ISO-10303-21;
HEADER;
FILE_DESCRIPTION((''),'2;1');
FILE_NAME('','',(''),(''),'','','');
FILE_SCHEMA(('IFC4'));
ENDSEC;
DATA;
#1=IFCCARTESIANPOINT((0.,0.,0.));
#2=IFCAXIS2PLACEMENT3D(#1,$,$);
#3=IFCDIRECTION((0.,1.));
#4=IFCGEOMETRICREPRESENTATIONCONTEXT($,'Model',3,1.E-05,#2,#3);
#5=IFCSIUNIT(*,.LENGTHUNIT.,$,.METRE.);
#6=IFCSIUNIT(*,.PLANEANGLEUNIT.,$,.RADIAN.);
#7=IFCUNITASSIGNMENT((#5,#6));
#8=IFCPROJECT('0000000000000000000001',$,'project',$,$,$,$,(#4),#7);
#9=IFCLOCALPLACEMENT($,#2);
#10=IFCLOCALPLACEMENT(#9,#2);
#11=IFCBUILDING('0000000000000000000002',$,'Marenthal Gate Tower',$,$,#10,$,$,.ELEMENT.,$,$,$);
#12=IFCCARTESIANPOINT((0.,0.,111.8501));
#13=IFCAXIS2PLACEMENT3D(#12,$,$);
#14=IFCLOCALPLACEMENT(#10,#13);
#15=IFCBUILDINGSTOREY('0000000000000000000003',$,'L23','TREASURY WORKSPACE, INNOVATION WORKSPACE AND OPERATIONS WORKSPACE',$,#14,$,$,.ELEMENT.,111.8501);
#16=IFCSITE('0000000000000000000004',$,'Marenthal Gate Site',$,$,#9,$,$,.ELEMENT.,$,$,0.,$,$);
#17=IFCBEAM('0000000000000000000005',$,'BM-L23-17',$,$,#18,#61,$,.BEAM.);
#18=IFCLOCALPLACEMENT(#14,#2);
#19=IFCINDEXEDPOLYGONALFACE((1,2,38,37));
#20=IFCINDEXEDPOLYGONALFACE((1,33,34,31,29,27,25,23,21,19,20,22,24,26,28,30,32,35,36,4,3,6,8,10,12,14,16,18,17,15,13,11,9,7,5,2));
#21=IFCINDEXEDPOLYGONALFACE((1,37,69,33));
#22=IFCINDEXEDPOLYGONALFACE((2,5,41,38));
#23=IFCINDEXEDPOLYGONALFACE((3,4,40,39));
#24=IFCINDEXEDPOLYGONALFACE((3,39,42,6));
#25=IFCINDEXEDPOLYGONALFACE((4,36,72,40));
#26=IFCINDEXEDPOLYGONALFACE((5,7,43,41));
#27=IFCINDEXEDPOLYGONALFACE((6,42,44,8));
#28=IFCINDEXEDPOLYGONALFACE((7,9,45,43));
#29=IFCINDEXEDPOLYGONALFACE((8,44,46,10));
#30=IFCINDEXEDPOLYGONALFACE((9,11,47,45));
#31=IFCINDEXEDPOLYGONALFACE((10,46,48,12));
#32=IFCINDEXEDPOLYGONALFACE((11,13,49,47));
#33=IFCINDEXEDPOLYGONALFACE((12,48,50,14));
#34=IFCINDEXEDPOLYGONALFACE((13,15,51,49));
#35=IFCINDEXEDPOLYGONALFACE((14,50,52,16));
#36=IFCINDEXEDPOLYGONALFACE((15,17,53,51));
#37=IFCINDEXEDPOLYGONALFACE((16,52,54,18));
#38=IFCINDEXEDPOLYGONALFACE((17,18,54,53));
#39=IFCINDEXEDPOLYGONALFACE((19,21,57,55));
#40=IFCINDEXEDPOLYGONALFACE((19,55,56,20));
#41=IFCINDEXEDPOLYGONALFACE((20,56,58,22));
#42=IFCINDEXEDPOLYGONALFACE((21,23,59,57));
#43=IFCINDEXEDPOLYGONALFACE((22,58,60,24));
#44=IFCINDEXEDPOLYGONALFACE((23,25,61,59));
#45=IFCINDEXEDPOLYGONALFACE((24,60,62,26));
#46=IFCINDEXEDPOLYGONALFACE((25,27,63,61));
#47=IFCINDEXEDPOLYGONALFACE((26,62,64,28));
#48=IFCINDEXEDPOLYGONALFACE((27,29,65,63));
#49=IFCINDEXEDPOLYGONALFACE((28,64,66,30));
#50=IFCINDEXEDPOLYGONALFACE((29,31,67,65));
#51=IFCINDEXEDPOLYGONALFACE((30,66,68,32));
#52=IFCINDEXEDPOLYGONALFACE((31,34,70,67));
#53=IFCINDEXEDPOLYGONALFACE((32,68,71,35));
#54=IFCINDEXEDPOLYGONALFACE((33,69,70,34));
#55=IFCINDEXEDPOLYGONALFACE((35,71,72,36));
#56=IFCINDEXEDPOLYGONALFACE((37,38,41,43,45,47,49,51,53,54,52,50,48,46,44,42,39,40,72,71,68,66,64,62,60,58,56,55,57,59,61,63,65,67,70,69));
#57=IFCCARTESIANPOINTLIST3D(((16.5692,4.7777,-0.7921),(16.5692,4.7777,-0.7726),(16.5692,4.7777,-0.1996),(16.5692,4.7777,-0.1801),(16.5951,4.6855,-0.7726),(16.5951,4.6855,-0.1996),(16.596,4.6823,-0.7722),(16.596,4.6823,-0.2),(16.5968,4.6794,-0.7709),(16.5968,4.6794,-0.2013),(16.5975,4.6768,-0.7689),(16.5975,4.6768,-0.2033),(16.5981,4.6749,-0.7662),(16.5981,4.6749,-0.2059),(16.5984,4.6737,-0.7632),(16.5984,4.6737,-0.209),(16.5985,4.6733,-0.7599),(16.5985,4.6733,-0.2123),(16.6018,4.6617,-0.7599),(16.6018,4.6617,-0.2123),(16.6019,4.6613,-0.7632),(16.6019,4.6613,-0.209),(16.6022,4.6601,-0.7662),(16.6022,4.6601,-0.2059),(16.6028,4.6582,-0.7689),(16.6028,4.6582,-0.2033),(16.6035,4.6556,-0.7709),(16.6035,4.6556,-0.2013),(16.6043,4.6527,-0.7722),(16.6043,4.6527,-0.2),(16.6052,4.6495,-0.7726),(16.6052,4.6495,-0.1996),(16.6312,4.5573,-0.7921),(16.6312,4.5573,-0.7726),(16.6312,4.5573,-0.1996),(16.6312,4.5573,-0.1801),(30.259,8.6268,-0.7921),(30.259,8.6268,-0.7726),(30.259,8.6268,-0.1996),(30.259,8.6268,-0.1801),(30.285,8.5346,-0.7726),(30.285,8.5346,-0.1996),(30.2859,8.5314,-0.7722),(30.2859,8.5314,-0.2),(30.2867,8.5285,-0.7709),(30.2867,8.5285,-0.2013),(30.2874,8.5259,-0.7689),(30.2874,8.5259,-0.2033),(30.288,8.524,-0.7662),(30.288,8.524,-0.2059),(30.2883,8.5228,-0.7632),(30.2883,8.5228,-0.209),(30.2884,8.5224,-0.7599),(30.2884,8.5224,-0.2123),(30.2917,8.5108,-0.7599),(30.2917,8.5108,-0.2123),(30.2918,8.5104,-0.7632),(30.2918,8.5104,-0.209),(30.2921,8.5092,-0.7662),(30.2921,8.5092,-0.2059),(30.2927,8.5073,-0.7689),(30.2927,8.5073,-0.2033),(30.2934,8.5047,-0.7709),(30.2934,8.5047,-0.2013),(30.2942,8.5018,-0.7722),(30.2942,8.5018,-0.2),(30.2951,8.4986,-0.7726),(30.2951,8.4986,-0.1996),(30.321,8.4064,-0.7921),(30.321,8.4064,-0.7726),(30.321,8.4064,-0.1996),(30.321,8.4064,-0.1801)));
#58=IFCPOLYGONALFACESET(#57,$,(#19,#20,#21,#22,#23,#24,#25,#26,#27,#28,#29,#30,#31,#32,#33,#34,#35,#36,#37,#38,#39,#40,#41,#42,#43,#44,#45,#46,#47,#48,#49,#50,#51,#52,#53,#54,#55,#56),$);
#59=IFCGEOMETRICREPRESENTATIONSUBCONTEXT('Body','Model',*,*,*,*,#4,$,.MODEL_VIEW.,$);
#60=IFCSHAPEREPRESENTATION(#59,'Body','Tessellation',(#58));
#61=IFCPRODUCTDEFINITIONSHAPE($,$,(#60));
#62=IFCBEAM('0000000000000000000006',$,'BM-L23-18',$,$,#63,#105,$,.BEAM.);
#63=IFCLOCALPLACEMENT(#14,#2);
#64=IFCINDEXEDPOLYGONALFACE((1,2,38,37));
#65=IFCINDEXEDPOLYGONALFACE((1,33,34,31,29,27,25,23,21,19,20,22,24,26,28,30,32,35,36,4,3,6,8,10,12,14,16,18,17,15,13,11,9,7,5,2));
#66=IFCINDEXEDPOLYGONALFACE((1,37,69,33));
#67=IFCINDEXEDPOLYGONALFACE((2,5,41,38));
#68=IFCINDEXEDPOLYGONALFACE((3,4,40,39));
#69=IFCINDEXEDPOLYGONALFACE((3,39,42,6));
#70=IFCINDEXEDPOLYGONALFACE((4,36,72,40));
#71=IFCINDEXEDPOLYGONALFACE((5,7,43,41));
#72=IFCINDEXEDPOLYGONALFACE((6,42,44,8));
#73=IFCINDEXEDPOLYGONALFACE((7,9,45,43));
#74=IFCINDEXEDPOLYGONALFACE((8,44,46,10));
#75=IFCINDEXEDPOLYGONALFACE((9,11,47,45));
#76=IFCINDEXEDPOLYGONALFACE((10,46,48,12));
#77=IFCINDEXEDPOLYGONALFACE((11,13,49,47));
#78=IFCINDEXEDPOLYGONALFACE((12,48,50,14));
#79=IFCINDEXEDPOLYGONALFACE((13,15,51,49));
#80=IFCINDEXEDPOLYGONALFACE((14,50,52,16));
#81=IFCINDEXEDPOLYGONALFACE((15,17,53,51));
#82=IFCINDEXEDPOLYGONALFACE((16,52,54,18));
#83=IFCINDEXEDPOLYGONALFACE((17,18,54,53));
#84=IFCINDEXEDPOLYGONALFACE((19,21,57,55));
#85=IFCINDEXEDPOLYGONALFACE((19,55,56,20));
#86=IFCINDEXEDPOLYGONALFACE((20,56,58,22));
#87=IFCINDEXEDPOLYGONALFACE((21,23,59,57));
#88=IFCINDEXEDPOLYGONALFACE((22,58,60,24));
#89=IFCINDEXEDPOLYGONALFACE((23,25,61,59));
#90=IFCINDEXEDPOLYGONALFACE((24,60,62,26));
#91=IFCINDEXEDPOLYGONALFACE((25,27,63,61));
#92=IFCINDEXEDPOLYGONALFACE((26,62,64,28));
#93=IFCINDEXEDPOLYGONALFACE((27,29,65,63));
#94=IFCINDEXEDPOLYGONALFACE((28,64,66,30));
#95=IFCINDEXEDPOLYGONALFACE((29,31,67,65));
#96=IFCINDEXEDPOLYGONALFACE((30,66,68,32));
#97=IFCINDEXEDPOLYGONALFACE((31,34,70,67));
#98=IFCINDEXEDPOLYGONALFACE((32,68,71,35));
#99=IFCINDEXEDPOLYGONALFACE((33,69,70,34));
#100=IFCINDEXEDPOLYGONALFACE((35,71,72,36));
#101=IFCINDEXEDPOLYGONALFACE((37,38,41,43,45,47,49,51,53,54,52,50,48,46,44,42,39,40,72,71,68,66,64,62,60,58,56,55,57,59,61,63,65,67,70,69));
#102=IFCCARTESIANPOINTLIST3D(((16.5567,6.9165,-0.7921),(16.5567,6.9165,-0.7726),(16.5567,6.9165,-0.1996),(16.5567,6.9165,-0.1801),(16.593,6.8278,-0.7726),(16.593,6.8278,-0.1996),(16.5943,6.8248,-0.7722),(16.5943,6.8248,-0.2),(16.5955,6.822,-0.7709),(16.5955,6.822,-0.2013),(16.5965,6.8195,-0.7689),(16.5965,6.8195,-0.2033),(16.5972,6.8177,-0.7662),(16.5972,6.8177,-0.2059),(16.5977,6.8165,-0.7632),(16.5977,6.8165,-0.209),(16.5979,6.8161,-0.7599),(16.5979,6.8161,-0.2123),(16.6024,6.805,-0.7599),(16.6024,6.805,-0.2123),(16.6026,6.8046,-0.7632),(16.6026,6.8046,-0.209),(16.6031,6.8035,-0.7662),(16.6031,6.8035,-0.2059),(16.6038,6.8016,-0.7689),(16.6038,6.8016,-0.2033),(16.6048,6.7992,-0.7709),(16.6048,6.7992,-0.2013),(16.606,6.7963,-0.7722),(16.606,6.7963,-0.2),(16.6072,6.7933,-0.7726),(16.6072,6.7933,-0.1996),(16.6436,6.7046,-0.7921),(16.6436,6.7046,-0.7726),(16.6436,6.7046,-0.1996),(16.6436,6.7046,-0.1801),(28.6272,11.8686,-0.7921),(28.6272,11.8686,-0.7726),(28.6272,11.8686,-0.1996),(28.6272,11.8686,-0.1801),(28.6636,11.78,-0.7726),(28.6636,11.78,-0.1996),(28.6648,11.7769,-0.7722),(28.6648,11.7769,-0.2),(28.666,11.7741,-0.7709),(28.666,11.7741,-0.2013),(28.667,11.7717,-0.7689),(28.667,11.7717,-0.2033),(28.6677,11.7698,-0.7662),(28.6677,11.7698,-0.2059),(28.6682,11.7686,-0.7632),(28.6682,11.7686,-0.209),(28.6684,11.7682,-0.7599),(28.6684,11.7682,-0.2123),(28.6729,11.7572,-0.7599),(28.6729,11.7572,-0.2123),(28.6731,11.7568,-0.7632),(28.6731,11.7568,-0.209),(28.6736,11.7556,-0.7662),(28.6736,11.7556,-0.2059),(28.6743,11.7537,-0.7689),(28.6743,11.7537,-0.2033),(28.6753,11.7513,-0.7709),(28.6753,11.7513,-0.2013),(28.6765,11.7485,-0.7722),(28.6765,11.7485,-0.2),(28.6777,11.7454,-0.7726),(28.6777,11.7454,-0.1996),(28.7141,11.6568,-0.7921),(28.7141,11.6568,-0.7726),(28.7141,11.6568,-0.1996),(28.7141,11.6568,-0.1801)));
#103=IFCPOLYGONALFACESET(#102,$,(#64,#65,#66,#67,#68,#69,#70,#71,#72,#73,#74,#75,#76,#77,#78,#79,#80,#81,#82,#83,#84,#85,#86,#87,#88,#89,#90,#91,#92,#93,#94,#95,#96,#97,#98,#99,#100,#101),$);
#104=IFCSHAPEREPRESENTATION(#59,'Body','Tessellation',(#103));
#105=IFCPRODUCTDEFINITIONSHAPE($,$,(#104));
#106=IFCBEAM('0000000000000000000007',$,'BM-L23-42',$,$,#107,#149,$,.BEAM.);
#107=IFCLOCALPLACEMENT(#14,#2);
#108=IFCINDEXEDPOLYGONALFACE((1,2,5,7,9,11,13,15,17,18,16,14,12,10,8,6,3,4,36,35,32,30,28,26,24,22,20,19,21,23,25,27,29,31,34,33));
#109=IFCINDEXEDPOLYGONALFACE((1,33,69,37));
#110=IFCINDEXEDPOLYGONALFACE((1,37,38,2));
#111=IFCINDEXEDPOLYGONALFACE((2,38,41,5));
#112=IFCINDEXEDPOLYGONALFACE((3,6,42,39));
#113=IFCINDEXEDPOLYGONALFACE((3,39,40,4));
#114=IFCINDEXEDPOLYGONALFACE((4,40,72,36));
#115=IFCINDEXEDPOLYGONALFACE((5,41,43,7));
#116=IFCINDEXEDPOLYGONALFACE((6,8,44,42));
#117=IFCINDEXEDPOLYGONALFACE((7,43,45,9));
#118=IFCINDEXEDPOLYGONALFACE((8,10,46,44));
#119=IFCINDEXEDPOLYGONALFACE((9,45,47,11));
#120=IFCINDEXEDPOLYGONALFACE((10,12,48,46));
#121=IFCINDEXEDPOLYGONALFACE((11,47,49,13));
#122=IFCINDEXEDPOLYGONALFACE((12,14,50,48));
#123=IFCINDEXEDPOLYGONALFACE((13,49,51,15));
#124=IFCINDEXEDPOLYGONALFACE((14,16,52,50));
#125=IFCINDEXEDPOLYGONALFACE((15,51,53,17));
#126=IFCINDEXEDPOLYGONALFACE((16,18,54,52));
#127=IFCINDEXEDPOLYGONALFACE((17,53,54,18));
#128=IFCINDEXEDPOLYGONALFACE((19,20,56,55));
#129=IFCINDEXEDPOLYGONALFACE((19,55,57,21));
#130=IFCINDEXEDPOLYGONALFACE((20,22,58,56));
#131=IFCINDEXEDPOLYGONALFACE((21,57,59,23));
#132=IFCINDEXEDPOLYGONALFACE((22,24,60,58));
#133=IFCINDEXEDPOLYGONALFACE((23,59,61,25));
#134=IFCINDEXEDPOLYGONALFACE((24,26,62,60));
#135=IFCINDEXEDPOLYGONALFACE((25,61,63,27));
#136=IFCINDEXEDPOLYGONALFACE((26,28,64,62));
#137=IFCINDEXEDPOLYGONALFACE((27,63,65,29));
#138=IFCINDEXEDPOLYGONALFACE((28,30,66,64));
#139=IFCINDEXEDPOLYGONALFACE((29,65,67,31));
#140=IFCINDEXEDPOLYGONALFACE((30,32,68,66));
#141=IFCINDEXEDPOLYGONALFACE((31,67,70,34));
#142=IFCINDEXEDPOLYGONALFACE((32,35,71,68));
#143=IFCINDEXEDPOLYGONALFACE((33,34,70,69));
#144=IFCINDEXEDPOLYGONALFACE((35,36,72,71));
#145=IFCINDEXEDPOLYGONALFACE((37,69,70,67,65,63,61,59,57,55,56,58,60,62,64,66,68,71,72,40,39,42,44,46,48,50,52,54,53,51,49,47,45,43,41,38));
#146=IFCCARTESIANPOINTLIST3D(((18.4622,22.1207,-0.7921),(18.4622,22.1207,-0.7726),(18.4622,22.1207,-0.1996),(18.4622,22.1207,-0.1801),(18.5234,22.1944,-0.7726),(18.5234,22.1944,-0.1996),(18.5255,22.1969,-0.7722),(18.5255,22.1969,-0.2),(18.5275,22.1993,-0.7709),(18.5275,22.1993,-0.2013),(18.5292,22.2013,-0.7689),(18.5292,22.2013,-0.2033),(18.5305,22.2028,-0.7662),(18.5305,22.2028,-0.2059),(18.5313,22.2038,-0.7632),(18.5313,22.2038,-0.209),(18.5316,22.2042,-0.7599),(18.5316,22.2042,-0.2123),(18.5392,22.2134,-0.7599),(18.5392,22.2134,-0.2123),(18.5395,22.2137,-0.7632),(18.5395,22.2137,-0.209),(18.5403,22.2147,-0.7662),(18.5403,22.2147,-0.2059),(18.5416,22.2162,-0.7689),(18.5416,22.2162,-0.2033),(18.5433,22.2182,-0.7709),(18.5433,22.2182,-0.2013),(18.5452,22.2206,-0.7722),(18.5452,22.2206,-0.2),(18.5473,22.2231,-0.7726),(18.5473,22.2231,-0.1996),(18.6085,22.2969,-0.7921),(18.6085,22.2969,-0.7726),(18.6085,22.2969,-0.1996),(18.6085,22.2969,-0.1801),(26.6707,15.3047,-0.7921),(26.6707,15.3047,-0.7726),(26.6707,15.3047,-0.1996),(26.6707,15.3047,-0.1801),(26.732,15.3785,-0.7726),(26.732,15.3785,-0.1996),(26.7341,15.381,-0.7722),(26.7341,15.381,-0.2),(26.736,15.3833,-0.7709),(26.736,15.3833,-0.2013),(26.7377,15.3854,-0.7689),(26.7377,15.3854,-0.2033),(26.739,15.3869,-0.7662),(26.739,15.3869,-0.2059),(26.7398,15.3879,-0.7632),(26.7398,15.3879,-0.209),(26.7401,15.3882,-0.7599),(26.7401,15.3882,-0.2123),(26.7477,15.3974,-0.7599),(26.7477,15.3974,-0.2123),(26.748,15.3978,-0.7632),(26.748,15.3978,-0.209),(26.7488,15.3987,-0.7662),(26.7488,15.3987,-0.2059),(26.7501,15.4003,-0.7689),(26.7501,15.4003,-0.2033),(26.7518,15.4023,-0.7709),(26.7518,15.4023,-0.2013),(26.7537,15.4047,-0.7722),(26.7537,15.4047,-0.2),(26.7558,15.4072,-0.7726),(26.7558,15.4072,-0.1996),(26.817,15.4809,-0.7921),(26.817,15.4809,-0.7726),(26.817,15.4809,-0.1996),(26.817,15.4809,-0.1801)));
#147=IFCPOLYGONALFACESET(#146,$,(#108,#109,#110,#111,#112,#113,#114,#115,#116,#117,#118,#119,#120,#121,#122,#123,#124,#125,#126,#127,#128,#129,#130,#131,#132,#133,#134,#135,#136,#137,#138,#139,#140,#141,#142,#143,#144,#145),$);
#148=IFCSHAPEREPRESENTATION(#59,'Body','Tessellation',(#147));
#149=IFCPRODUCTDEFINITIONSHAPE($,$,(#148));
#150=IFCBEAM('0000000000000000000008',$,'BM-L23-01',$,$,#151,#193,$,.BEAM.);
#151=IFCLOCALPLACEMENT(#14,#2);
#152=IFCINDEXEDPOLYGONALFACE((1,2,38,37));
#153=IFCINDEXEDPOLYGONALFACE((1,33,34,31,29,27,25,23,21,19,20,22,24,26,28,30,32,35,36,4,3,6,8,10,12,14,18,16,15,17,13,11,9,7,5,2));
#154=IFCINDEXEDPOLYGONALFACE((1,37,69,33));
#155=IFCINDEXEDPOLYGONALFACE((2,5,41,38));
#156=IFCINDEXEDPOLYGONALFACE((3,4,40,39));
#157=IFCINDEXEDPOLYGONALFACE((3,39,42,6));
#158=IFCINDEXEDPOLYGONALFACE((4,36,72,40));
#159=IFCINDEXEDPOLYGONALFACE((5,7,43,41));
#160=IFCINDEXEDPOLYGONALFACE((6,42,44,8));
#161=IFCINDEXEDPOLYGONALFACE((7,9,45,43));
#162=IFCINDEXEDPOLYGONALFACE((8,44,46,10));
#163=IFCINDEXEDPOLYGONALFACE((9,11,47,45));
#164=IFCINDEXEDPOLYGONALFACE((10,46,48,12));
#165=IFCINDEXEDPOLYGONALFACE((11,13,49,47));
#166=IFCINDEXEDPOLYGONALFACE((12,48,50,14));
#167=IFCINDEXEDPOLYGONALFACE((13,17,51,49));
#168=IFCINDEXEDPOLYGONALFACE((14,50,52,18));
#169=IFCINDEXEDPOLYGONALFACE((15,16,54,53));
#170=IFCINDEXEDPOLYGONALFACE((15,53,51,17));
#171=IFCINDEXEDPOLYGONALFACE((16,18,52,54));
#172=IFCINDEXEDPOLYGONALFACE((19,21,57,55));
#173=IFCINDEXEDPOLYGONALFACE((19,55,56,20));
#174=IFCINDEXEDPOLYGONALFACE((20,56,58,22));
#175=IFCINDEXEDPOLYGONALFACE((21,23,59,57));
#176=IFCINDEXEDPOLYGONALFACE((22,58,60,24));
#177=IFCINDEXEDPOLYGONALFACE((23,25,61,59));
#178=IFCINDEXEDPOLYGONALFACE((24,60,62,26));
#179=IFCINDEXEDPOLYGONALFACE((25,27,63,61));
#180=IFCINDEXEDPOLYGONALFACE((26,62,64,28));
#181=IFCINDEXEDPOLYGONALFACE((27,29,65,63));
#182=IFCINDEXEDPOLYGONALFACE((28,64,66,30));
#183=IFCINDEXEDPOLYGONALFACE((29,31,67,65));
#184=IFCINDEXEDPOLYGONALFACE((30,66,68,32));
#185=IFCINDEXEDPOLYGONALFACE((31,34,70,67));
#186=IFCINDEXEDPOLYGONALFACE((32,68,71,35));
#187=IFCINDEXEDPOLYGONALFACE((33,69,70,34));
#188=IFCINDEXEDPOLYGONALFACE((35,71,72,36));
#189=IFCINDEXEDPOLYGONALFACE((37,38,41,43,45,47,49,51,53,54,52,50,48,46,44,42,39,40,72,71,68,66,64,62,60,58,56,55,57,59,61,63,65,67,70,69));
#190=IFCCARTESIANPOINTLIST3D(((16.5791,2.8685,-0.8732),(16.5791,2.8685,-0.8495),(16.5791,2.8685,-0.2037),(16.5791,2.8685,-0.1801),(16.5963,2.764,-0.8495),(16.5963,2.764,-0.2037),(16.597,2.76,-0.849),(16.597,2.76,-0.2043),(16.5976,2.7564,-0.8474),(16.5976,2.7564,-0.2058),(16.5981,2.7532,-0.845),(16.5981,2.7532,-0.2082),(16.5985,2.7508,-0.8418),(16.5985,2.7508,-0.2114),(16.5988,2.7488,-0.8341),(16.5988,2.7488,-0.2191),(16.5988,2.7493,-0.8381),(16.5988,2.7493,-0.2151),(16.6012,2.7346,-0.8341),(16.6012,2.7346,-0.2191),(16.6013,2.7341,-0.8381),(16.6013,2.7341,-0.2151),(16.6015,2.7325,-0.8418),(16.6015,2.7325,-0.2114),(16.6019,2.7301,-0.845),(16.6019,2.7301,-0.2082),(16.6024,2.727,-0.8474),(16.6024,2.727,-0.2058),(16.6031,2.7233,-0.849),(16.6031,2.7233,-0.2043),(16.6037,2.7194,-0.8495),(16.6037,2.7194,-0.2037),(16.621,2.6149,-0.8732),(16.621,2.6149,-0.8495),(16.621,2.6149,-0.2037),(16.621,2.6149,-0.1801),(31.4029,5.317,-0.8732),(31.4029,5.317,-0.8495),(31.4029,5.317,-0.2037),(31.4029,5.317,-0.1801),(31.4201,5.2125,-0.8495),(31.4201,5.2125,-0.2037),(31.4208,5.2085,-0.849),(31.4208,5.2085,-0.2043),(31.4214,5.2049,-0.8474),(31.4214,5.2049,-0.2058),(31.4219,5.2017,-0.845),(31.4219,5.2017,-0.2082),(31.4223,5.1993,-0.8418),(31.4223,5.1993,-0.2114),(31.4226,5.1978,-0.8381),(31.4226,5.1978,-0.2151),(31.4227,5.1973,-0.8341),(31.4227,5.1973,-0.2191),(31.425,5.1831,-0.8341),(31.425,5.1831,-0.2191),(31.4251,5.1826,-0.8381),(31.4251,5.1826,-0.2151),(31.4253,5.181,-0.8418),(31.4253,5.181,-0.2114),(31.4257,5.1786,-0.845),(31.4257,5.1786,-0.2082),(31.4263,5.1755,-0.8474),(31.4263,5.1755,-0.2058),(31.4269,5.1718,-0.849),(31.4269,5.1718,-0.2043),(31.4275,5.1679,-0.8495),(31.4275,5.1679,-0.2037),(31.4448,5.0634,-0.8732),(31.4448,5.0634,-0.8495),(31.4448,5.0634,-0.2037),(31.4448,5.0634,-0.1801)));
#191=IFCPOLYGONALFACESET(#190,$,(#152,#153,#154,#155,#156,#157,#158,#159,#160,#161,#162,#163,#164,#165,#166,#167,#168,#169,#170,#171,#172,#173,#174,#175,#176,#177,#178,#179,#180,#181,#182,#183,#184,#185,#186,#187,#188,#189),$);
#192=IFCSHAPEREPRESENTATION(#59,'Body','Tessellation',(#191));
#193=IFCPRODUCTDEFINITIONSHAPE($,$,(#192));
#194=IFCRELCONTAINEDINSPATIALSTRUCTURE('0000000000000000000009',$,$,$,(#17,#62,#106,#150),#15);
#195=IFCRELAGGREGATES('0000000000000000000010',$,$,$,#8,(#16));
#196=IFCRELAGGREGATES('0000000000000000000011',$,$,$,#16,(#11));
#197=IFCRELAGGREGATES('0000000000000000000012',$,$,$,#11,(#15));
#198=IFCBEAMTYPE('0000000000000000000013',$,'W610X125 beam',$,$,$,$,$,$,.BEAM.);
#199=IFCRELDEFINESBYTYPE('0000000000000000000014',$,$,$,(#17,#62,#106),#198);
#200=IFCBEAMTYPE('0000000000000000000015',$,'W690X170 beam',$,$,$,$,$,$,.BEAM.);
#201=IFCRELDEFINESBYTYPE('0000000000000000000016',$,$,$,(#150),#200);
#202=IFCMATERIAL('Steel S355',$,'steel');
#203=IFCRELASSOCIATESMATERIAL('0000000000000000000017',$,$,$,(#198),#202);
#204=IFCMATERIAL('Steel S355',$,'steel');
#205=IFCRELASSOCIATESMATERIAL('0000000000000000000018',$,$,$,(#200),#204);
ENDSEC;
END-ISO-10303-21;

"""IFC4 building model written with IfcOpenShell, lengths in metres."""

from ifc_helpers import new_model, si_unit, direction, frame, origin, origin_2d, place, context, subcontext, project, spatial, i_section, extrude, material, material_profile, profile_set, type_object, element, save


model = new_model("IFC4")

# Units and contexts
model_context = context("Model", 3, precision=1e-05, world=origin(), true_north=direction((0.0, 1.0)))
body_context = subcontext(model_context, "Body", "Model", "MODEL_VIEW")
ifc_project = project(units=[si_unit("LENGTHUNIT", "METRE"), si_unit("PLANEANGLEUNIT", "RADIAN")], contexts=[model_context])

# Site, building, storey
site_placement = place(None, origin())
site = spatial("IfcSite", under=ifc_project, at=site_placement, Name="Marenthal Gate Site", CompositionType="ELEMENT", RefElevation=0.0)
building_placement = place(site_placement, origin())
building = spatial("IfcBuilding", under=site, at=building_placement, Name="Marenthal Gate Tower", CompositionType="ELEMENT")
storey_placement = place(building_placement, frame((0.0, 0.0, 111.8501)))
storey = spatial("IfcBuildingStorey", under=building, at=storey_placement, Name="L23", Description="TREASURY WORKSPACE, INNOVATION WORKSPACE AND OPERATIONS WORKSPACE", CompositionType="ELEMENT", Elevation=111.8501)

# Beams
ifc_material_1 = material(Name="Steel S355", Category="steel")
ifc_material_profile_1 = material_profile(ifc_material_1, i_section(OverallWidth=0.229, OverallDepth=0.6121, WebThickness=0.012, FlangeThickness=0.0195, FilletRadius=0.0127, at=origin_2d()), Name="W610X125")
ifc_profile_set_1 = profile_set([ifc_material_profile_1], Name="Steel S355")
beam_type_1 = type_object("IfcBeamType", Name="W610X125 beam", PredefinedType="BEAM", material=ifc_profile_set_1)
beam_1_placement = place(storey_placement, frame((30.29, 8.5166, -0.4861), z_axis=(-0.962672, -0.270669, 0.0), x_axis=(0.270669, -0.962672, 0.0)))
element("IfcBeam", 1, at=beam_1_placement, inside=storey, type_object=beam_type_1, Name="BM-L23-17", PredefinedType="BEAM", context=body_context, shape_type="SweptSolid", body=[
    extrude(i_section(OverallWidth=0.229, OverallDepth=0.6121, WebThickness=0.012, FlangeThickness=0.0195, FilletRadius=0.0127, at=origin_2d()), origin(), (0.0, 0.0, 1.0), 14.2207),
])
beam_2_placement = place(storey_placement, frame((28.6707, 11.7627, -0.4861), z_axis=(-0.925165, -0.379565, 0.0), x_axis=(0.379565, -0.925165, 0.0)))
element("IfcBeam", 2, at=beam_2_placement, inside=storey, type_object=beam_type_1, Name="BM-L23-18", PredefinedType="BEAM", context=body_context, shape_type="SweptSolid", body=[
    extrude(i_section(OverallWidth=0.229, OverallDepth=0.6121, WebThickness=0.012, FlangeThickness=0.0195, FilletRadius=0.0127, at=origin_2d()), origin(), (0.0, 0.0, 1.0), 13.0469),
])
beam_3_placement = place(storey_placement, frame((26.7439, 15.3928, -0.4861), z_axis=(-0.769349, 0.638828, 0.0), x_axis=(-0.638828, -0.769349, 0.0)))
element("IfcBeam", 3, at=beam_3_placement, inside=storey, type_object=beam_type_1, Name="BM-L23-42", PredefinedType="BEAM", context=body_context, shape_type="SweptSolid", body=[
    extrude(i_section(OverallWidth=0.229, OverallDepth=0.6121, WebThickness=0.012, FlangeThickness=0.0195, FilletRadius=0.0127, at=origin_2d()), origin(), (0.0, 0.0, 1.0), 10.6694),
])
ifc_material_2 = material(Name="Steel S355", Category="steel")
ifc_material_profile_2 = material_profile(ifc_material_2, i_section(OverallWidth=0.2571, OverallDepth=0.6931, WebThickness=0.0144, FlangeThickness=0.0237, FilletRadius=0.0154, at=origin_2d()), Name="W690X170")
ifc_profile_set_2 = profile_set([ifc_material_profile_2], Name="Steel S355")
beam_type_2 = type_object("IfcBeamType", Name="W690X170 beam", PredefinedType="BEAM", material=ifc_profile_set_2)
beam_4_placement = place(storey_placement, frame((31.4238, 5.1902, -0.5266), z_axis=(-0.986632, -0.162965, 0.0), x_axis=(0.162965, -0.986632, 0.0)))
element("IfcBeam", 4, at=beam_4_placement, inside=storey, type_object=beam_type_2, Name="BM-L23-01", PredefinedType="BEAM", context=body_context, shape_type="SweptSolid", body=[
    extrude(i_section(OverallWidth=0.2571, OverallDepth=0.6931, WebThickness=0.0144, FlangeThickness=0.0237, FilletRadius=0.0154, at=origin_2d()), origin(), (0.0, 0.0, 1.0), 15.0247),
])

save(model, "model.ifc")
